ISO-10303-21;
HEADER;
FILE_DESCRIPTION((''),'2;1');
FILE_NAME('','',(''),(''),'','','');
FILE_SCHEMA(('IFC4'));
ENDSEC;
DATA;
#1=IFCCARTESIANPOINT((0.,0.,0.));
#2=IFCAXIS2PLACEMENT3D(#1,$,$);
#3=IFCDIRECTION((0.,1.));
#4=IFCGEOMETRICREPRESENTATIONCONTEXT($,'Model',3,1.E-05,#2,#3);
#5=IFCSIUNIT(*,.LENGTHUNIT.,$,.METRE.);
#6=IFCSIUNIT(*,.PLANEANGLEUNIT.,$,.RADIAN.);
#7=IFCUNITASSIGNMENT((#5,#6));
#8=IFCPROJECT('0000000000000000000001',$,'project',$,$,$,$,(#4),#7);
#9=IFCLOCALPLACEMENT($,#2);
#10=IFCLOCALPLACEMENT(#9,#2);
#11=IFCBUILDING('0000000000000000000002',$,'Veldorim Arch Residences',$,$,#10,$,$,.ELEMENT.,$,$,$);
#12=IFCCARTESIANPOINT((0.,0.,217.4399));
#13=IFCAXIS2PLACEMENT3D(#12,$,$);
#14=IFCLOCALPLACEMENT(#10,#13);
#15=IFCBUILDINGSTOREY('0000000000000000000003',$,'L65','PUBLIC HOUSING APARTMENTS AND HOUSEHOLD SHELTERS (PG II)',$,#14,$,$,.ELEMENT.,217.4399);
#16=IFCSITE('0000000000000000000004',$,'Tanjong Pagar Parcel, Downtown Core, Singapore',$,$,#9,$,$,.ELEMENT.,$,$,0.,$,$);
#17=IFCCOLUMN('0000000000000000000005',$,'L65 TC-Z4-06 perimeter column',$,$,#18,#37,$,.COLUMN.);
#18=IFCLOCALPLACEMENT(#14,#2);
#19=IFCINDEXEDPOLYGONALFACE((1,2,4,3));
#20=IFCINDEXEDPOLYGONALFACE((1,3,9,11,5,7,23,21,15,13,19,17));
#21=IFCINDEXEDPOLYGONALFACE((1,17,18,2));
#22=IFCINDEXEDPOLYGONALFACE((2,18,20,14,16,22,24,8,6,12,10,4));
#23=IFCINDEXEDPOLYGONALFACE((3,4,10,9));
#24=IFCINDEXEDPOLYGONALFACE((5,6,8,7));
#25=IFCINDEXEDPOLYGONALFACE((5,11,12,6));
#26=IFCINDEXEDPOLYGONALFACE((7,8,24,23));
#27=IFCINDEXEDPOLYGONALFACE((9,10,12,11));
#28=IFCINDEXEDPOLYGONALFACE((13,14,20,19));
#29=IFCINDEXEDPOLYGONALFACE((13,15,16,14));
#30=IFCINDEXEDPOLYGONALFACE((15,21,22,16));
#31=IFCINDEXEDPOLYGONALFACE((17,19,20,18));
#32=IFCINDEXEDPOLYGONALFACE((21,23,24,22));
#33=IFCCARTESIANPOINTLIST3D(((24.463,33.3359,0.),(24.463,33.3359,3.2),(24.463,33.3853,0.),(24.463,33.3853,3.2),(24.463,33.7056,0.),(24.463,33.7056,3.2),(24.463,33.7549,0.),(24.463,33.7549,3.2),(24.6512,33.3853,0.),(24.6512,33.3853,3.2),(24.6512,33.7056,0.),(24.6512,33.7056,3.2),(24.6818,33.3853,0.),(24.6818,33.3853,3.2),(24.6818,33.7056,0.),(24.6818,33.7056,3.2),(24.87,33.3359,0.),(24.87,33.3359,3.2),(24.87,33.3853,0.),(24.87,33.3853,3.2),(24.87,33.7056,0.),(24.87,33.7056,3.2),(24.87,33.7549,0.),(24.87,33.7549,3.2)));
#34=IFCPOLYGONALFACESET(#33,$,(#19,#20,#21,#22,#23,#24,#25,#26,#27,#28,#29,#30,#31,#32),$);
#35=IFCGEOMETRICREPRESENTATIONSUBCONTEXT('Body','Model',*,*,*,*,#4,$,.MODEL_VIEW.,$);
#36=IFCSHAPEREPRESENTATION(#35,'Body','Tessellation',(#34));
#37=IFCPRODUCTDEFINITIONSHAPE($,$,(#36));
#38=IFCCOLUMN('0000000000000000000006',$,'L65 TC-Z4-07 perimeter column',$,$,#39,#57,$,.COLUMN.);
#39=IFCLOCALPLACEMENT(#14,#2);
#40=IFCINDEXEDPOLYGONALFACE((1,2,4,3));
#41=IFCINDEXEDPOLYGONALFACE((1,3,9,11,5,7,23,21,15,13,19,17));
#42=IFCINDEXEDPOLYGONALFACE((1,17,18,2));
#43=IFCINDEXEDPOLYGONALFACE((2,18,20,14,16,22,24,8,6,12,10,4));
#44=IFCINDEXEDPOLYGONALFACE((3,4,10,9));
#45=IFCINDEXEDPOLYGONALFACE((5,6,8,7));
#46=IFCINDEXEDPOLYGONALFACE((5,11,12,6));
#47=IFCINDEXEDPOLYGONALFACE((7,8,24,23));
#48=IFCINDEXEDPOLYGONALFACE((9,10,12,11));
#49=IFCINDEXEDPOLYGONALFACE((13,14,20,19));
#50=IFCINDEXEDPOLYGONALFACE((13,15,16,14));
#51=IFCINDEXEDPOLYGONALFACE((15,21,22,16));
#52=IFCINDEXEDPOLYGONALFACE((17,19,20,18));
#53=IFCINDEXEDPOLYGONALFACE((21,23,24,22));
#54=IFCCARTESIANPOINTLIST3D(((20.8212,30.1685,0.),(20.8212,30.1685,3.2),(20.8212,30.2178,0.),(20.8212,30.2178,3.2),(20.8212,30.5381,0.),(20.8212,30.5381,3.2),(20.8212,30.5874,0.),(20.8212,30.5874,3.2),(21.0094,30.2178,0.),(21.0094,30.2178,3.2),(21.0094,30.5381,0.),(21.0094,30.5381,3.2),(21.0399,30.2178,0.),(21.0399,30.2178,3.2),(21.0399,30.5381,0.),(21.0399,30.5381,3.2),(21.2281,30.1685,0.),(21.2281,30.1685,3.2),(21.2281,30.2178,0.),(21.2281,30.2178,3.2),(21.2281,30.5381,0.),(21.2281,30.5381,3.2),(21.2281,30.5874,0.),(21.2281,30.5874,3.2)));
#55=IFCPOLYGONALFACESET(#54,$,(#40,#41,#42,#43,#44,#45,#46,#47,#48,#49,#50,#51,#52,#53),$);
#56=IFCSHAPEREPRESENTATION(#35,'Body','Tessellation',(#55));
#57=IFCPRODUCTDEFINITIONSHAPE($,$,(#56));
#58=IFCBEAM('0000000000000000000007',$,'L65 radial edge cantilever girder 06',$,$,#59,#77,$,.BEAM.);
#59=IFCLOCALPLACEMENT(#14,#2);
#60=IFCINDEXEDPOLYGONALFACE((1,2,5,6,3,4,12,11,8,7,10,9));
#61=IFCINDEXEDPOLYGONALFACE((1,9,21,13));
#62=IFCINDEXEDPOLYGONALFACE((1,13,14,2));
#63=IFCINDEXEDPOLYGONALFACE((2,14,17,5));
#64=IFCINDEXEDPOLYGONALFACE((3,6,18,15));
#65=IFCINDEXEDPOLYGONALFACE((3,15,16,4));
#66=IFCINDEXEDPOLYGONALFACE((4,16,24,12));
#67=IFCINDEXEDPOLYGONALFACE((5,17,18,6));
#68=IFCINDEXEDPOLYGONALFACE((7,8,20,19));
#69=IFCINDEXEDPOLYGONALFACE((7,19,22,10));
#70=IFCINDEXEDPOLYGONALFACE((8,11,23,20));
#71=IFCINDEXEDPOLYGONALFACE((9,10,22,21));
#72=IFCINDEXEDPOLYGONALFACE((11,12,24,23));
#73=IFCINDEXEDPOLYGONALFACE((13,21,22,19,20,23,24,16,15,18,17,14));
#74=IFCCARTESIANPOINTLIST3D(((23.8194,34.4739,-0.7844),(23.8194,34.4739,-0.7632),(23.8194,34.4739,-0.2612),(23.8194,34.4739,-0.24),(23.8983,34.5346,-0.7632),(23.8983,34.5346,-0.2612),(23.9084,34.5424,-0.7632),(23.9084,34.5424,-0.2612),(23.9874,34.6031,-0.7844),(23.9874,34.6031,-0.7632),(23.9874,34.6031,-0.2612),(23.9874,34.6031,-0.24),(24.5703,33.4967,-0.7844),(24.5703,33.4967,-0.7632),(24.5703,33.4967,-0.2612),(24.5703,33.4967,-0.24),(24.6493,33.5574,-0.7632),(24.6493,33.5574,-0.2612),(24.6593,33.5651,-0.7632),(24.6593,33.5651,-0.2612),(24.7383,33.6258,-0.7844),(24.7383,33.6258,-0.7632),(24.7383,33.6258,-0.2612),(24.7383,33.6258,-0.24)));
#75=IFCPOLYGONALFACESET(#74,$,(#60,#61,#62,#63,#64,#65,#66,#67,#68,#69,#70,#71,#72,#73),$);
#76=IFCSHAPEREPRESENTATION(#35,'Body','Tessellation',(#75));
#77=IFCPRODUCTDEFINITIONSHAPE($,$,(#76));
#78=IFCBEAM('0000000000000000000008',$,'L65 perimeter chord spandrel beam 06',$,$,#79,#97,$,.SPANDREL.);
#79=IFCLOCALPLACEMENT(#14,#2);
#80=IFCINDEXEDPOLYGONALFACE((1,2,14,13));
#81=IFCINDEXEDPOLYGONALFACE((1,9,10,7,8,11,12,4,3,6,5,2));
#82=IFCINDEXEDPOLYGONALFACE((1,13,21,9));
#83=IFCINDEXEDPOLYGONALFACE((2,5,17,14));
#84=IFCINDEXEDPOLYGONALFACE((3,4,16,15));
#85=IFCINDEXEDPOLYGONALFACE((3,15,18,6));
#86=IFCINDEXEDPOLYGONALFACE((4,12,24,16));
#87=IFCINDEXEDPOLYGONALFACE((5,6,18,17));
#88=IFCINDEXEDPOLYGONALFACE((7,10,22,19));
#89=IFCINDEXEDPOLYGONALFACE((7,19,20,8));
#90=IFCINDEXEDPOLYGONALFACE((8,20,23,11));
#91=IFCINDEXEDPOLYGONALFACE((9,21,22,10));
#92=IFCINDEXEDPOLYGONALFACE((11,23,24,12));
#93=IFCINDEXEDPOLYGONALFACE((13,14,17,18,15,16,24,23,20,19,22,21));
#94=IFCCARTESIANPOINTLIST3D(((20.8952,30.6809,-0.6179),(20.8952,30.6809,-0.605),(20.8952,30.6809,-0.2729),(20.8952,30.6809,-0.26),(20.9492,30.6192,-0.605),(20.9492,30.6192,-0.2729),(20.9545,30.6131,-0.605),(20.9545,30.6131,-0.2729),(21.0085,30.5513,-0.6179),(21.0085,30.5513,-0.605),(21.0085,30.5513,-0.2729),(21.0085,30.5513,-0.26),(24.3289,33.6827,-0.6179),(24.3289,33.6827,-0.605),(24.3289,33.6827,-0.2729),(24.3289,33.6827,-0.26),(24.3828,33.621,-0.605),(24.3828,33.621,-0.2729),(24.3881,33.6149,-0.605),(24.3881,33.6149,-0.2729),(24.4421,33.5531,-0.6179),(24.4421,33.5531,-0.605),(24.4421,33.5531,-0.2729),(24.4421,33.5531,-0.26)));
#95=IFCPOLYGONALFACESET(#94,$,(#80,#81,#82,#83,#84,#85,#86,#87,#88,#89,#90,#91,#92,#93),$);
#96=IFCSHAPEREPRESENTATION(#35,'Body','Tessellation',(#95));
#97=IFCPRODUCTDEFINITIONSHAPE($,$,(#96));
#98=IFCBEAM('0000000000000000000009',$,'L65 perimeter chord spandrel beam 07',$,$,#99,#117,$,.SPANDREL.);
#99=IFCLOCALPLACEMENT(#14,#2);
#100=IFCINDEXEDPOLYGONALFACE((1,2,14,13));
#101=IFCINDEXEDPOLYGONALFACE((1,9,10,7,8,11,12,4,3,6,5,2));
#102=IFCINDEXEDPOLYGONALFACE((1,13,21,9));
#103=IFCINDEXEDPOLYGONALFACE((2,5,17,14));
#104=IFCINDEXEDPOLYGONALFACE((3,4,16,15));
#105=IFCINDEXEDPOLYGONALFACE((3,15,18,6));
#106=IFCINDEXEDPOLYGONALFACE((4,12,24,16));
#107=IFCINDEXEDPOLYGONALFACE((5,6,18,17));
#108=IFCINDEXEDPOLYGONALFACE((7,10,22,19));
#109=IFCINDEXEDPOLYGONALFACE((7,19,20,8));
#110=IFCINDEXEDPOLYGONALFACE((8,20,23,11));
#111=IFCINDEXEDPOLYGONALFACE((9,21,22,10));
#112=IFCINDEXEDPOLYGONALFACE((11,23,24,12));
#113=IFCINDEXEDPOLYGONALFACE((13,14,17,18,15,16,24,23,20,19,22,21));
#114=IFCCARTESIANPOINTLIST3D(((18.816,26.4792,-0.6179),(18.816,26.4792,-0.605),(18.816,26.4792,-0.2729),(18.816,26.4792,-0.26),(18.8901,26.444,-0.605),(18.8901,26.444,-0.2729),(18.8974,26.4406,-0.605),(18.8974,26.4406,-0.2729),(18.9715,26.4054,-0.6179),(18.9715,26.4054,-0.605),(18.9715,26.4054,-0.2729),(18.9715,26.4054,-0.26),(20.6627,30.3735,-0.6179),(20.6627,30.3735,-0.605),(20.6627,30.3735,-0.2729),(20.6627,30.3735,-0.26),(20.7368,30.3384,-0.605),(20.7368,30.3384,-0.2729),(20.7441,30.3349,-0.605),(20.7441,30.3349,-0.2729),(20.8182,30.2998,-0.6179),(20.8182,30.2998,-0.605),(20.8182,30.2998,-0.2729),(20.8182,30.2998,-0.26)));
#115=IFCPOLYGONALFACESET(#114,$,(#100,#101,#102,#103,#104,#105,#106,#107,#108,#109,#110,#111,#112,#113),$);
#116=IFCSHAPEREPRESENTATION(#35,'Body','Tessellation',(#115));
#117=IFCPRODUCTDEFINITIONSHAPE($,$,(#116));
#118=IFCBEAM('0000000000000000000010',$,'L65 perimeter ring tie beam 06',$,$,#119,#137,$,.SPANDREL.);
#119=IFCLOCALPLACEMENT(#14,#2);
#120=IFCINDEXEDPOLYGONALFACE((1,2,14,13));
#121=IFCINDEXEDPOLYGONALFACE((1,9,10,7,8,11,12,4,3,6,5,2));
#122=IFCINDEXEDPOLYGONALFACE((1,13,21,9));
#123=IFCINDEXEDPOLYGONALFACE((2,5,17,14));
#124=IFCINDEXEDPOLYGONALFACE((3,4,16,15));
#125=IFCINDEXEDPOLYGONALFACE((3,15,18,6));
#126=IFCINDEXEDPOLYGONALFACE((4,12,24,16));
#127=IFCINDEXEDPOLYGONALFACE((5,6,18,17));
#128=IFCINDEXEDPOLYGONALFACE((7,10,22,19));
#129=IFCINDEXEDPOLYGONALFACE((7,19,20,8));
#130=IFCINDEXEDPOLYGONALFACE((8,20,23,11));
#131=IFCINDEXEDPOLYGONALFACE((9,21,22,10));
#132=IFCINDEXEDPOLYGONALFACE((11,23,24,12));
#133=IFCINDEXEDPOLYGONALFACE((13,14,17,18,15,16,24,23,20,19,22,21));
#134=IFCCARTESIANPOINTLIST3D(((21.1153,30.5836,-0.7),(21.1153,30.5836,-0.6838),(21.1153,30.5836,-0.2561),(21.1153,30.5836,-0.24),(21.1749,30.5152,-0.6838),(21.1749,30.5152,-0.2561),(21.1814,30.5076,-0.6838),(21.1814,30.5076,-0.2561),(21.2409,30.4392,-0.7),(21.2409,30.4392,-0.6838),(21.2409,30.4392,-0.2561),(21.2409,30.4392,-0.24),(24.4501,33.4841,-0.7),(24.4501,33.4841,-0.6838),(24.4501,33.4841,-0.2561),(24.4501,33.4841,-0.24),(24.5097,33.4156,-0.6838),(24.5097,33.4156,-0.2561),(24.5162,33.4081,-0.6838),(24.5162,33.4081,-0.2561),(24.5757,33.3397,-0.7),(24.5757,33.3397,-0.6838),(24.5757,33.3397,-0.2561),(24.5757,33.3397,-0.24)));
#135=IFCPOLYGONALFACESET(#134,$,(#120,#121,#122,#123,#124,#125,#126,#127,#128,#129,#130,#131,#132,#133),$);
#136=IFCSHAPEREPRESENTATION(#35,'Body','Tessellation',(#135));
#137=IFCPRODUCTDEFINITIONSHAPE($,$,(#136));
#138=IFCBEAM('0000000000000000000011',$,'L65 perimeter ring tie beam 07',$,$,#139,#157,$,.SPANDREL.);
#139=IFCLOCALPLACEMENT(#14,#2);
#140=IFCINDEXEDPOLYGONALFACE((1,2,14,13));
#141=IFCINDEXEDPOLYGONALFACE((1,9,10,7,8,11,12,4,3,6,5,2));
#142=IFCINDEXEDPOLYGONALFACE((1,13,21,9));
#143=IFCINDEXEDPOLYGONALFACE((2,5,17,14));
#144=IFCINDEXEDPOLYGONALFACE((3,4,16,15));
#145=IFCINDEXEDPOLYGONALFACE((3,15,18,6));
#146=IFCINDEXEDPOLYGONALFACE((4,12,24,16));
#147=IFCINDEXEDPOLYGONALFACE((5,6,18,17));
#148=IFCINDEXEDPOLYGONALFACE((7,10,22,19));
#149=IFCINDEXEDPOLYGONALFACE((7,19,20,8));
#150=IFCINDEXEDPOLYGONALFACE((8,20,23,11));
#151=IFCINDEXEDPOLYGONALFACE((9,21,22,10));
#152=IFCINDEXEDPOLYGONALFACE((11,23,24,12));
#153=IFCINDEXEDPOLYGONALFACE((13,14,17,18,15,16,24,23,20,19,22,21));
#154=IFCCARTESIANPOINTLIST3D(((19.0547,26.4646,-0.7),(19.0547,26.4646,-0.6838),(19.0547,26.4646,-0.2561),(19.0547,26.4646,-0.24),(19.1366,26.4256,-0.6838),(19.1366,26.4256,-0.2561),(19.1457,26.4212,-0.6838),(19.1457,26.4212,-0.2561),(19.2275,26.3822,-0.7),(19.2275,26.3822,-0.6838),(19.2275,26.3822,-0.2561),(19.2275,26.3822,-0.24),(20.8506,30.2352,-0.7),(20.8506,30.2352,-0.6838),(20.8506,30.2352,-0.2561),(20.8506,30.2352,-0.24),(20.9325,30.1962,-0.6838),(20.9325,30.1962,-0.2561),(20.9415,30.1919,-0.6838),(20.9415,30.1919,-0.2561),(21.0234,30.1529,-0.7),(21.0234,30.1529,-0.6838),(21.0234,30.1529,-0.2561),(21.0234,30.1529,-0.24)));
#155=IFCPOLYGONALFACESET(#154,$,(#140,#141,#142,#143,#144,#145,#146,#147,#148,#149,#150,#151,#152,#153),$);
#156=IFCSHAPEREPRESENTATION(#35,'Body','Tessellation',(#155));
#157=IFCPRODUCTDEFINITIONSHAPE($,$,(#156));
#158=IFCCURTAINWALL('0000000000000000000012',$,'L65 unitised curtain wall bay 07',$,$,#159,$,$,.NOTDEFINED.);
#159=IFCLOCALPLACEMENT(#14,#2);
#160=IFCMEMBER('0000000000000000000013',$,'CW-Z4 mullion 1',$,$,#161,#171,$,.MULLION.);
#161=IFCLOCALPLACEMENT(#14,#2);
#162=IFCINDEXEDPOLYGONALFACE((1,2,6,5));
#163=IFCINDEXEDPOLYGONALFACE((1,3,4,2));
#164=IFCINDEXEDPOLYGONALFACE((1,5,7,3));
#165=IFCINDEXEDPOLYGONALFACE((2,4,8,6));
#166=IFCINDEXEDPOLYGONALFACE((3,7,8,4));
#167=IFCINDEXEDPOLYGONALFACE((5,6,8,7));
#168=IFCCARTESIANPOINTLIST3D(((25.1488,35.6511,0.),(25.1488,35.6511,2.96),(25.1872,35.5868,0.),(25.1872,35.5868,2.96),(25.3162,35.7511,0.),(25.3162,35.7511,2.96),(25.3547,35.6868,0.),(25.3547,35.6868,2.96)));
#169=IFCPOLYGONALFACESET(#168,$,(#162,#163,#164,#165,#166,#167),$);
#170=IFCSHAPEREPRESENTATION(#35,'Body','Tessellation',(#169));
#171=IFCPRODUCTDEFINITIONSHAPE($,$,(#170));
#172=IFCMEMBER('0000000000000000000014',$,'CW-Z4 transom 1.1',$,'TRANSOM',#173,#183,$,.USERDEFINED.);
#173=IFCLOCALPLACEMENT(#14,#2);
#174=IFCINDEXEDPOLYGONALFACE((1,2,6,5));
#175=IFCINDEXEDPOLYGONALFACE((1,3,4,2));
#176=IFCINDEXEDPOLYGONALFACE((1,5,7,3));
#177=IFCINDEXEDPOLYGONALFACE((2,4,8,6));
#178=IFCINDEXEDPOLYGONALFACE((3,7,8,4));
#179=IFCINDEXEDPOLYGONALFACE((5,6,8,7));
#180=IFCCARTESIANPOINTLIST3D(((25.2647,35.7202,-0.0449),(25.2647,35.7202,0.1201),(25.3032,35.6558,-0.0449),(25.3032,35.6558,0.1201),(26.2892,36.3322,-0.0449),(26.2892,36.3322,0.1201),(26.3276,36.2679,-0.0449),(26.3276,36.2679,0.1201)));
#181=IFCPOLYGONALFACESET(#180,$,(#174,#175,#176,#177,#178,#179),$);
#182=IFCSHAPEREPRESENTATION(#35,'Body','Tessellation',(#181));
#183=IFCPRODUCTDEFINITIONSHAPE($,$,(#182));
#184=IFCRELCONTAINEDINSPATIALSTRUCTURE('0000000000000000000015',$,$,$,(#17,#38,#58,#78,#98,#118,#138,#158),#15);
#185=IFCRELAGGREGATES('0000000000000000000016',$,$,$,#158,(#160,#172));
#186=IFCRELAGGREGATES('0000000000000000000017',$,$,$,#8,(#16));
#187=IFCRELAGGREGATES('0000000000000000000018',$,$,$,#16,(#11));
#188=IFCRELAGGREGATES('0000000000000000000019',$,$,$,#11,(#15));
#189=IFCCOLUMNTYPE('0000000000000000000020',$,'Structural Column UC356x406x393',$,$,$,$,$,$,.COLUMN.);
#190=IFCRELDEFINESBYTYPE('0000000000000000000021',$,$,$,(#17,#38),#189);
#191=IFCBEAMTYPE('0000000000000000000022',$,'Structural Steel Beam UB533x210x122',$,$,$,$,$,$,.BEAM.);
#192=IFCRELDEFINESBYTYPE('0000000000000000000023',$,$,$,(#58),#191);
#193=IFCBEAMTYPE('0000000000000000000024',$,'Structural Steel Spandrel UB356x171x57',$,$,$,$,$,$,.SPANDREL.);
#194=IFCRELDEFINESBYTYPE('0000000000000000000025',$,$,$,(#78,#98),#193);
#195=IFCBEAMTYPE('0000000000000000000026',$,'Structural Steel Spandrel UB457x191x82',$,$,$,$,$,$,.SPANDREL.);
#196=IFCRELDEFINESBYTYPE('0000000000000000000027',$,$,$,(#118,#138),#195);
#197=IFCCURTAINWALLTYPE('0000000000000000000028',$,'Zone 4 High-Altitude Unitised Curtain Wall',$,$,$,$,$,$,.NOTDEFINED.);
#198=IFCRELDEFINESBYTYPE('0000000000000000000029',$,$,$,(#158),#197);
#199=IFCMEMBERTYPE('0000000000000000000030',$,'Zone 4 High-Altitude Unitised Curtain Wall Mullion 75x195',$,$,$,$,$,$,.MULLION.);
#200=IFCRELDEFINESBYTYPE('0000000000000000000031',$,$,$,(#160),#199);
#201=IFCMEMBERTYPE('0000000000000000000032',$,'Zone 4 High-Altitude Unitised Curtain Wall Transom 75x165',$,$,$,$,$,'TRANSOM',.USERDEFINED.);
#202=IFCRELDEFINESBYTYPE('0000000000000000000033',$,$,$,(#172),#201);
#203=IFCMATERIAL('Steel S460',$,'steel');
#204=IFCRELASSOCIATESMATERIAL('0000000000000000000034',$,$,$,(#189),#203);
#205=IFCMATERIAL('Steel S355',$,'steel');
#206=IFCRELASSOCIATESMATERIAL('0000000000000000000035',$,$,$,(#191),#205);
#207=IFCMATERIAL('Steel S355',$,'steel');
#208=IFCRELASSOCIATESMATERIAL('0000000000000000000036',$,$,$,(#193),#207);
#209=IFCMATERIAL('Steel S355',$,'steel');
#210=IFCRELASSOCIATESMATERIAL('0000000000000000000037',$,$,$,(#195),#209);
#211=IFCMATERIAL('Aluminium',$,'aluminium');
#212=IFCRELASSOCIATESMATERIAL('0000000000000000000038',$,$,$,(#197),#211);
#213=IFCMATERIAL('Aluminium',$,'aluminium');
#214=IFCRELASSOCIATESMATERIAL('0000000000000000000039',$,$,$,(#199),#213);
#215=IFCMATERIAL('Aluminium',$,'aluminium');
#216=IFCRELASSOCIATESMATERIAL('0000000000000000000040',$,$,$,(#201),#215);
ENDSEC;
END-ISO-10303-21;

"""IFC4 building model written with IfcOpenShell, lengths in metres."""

from ifc_helpers import new_model, si_unit, direction, frame, origin, origin_2d, place, context, subcontext, project, spatial, rectangle, i_section, extrude, material, material_profile, profile_set, type_object, element, aggregate, save


model = new_model("IFC4")

# Units and contexts
model_context = context("Model", 3, precision=1e-05, world=origin(), true_north=direction((0.0, 1.0)))
body_context = subcontext(model_context, "Body", "Model", "MODEL_VIEW")
ifc_project = project(units=[si_unit("LENGTHUNIT", "METRE"), si_unit("PLANEANGLEUNIT", "RADIAN")], contexts=[model_context])

# Site, building, storey
site_placement = place(None, origin())
site = spatial("IfcSite", under=ifc_project, at=site_placement, Name="Tanjong Pagar Parcel, Downtown Core, Singapore", CompositionType="ELEMENT", RefElevation=0.0)
building_placement = place(site_placement, origin())
building = spatial("IfcBuilding", under=site, at=building_placement, Name="Veldorim Arch Residences", CompositionType="ELEMENT")
storey_placement = place(building_placement, frame((0.0, 0.0, 217.4399)))
storey = spatial("IfcBuildingStorey", under=building, at=storey_placement, Name="L65", Description="PUBLIC HOUSING APARTMENTS AND HOUSEHOLD SHELTERS (PG II)", CompositionType="ELEMENT", Elevation=217.4399)

# Columns
ifc_material_1 = material(Name="Steel S460", Category="steel")
ifc_material_profile_1 = material_profile(ifc_material_1, i_section(OverallWidth=0.407, OverallDepth=0.4189, WebThickness=0.0305, FlangeThickness=0.0493, at=origin_2d()), Name="UC356x406x393")
ifc_profile_set_1 = profile_set([ifc_material_profile_1], Name="Steel S460")
column_type = type_object("IfcColumnType", Name="Structural Column UC356x406x393", PredefinedType="COLUMN", material=ifc_profile_set_1)
for number, where, z_axis, x_axis, name in (
    (1, (24.6665, 33.5454, 0.0), (0.0, 0.0, 1.0), (1.0, 0.0, 0.0), "L65 TC-Z4-06 perimeter column"),
    (2, (21.0247, 30.3779, 0.0), (0.0, 0.0, 1.0), (1.0, 0.0, 0.0), "L65 TC-Z4-07 perimeter column"),
):
    element("IfcColumn", number, at=place(storey_placement, frame(where, z_axis=z_axis, x_axis=x_axis)), inside=storey, type_object=column_type, Name=name, PredefinedType="COLUMN", context=body_context, shape_type="SweptSolid", body=[
        extrude(i_section(OverallWidth=0.407, OverallDepth=0.4189, WebThickness=0.0305, FlangeThickness=0.0493, at=origin_2d()), origin(), (0.0, 0.0, 1.0), 3.2),
    ])

# Beams
ifc_material_2 = material(Name="Steel S355", Category="steel")
ifc_material_profile_2 = material_profile(ifc_material_2, i_section(OverallWidth=0.2119, OverallDepth=0.5444, WebThickness=0.0127, FlangeThickness=0.0212, at=origin_2d()), Name="UB533x210x122")
ifc_profile_set_2 = profile_set([ifc_material_profile_2], Name="Steel S355")
beam_type_1 = type_object("IfcBeamType", Name="Structural Steel Beam UB533x210x122", PredefinedType="BEAM", material=ifc_profile_set_2)
beam_1_placement = place(storey_placement, frame((24.6543, 33.5613, -0.5122), z_axis=(-0.609309, 0.792933, 0.0), x_axis=(-0.792933, -0.609309, 0.0)))
element("IfcBeam", 3, at=beam_1_placement, inside=storey, type_object=beam_type_1, Name="L65 radial edge cantilever girder 06", PredefinedType="BEAM", context=body_context, shape_type="SweptSolid", body=[
    extrude(i_section(OverallWidth=0.2119, OverallDepth=0.5444, WebThickness=0.0127, FlangeThickness=0.0212, at=origin_2d()), origin(), (0.0, 0.0, 1.0), 1.2324),
])
ifc_material_3 = material(Name="Steel S355", Category="steel")
ifc_material_profile_3 = material_profile(ifc_material_3, i_section(OverallWidth=0.1721, OverallDepth=0.3579, WebThickness=0.0081, FlangeThickness=0.0129, at=origin_2d()), Name="UB356x171x57")
ifc_profile_set_3 = profile_set([ifc_material_profile_3], Name="Steel S355")
beam_type_2 = type_object("IfcBeamType", Name="Structural Steel Spandrel UB356x171x57", PredefinedType="SPANDREL", material=ifc_profile_set_3)
beam_2_placement = place(storey_placement, frame((24.3855, 33.6179, -0.439), z_axis=(-0.752868, -0.658171, 0.0), x_axis=(0.658171, -0.752868, 0.0)))
element("IfcBeam", 4, at=beam_2_placement, inside=storey, type_object=beam_type_2, Name="L65 perimeter chord spandrel beam 06", PredefinedType="SPANDREL", context=body_context, shape_type="SweptSolid", body=[
    extrude(i_section(OverallWidth=0.1721, OverallDepth=0.3579, WebThickness=0.0081, FlangeThickness=0.0129, at=origin_2d()), origin(), (0.0, 0.0, 1.0), 4.5608),
])
beam_3_placement = place(storey_placement, frame((20.7405, 30.3367, -0.439), z_axis=(-0.428469, -0.903557, 0.0), x_axis=(0.903557, -0.428469, 0.0)))
element("IfcBeam", 5, at=beam_3_placement, inside=storey, type_object=beam_type_2, Name="L65 perimeter chord spandrel beam 07", PredefinedType="SPANDREL", context=body_context, shape_type="SweptSolid", body=[
    extrude(i_section(OverallWidth=0.1721, OverallDepth=0.3579, WebThickness=0.0081, FlangeThickness=0.0129, at=origin_2d()), origin(), (0.0, 0.0, 1.0), 4.3101),
])
ifc_material_4 = material(Name="Steel S355", Category="steel")
ifc_material_profile_4 = material_profile(ifc_material_4, i_section(OverallWidth=0.1914, OverallDepth=0.46, WebThickness=0.01, FlangeThickness=0.0161, at=origin_2d()), Name="UB457x191x82")
ifc_profile_set_4 = profile_set([ifc_material_profile_4], Name="Steel S355")
beam_type_3 = type_object("IfcBeamType", Name="Structural Steel Spandrel UB457x191x82", PredefinedType="SPANDREL", material=ifc_profile_set_4)
beam_4_placement = place(storey_placement, frame((24.5129, 33.4119, -0.47), z_axis=(-0.754534, -0.656261, 0.0), x_axis=(0.656261, -0.754534, 0.0)))
element("IfcBeam", 6, at=beam_4_placement, inside=storey, type_object=beam_type_3, Name="L65 perimeter ring tie beam 06", PredefinedType="SPANDREL", context=body_context, shape_type="SweptSolid", body=[
    extrude(i_section(OverallWidth=0.1914, OverallDepth=0.46, WebThickness=0.01, FlangeThickness=0.0161, at=origin_2d()), origin(), (0.0, 0.0, 1.0), 4.4197),
])
beam_5_placement = place(storey_placement, frame((20.937, 30.1941, -0.47), z_axis=(-0.429993, -0.902832, 0.0), x_axis=(0.902832, -0.429993, 0.0)))
element("IfcBeam", 7, at=beam_5_placement, inside=storey, type_object=beam_type_3, Name="L65 perimeter ring tie beam 07", PredefinedType="SPANDREL", context=body_context, shape_type="SweptSolid", body=[
    extrude(i_section(OverallWidth=0.1914, OverallDepth=0.46, WebThickness=0.01, FlangeThickness=0.0161, at=origin_2d()), origin(), (0.0, 0.0, 1.0), 4.1765),
])

# Curtain wall, members
ifc_material_5 = material(Name="Aluminium", Category="aluminium")
curtain_wall_type = type_object("IfcCurtainWallType", Name="Zone 4 High-Altitude Unitised Curtain Wall", PredefinedType="NOTDEFINED", material=ifc_material_5)
curtain_wall_placement = place(storey_placement, origin())
curtain_wall = element("IfcCurtainWall", 8, at=curtain_wall_placement, inside=storey, type_object=curtain_wall_type, Name="L65 unitised curtain wall bay 07", PredefinedType="NOTDEFINED")
ifc_material_6 = material(Name="Aluminium", Category="aluminium")
ifc_material_profile_5 = material_profile(ifc_material_6, rectangle(XDim=0.075, YDim=0.1951, at=origin_2d()), Name="ALU_MUL_75x195")
ifc_profile_set_5 = profile_set([ifc_material_profile_5], Name="Aluminium")
member_type_1 = type_object("IfcMemberType", Name="Zone 4 High-Altitude Unitised Curtain Wall Mullion 75x195", PredefinedType="MULLION", material=ifc_profile_set_5)
member_1_placement = place(storey_placement, frame((25.2517, 35.6689, 0.0), z_axis=(0.0, 0.0, 1.0), x_axis=(-0.512817, 0.858498, 0.0)))
member_1 = element("IfcMember", 9, at=member_1_placement, type_object=member_type_1, Name="CW-Z4 mullion 1", PredefinedType="MULLION", context=body_context, shape_type="SweptSolid", body=[
    extrude(rectangle(XDim=0.075, YDim=0.1951, at=origin_2d()), origin(), (0.0, 0.0, 1.0), 2.96),
])
ifc_material_7 = material(Name="Aluminium", Category="aluminium")
ifc_material_profile_6 = material_profile(ifc_material_7, rectangle(XDim=0.075, YDim=0.165, at=origin_2d()), Name="ALU_TRN_75x165")
ifc_profile_set_6 = profile_set([ifc_material_profile_6], Name="Aluminium")
member_type_2 = type_object("IfcMemberType", Name="Zone 4 High-Altitude Unitised Curtain Wall Transom 75x165", ElementType="TRANSOM", PredefinedType="USERDEFINED", material=ifc_profile_set_6)
member_2_placement = place(storey_placement, frame((25.2839, 35.688, 0.0376), z_axis=(0.858448, 0.5129, 0.0), x_axis=(-0.5129, 0.858448, 0.0)))
member_2 = element("IfcMember", 10, at=member_2_placement, type_object=member_type_2, Name="CW-Z4 transom 1.1", ObjectType="TRANSOM", PredefinedType="USERDEFINED", context=body_context, shape_type="SweptSolid", body=[
    extrude(rectangle(XDim=0.075, YDim=0.165, at=origin_2d()), origin(), (0.0, 0.0, 1.0), 1.1934),
])
aggregate(curtain_wall, [member_1, member_2])

save(model, "model.ifc")
